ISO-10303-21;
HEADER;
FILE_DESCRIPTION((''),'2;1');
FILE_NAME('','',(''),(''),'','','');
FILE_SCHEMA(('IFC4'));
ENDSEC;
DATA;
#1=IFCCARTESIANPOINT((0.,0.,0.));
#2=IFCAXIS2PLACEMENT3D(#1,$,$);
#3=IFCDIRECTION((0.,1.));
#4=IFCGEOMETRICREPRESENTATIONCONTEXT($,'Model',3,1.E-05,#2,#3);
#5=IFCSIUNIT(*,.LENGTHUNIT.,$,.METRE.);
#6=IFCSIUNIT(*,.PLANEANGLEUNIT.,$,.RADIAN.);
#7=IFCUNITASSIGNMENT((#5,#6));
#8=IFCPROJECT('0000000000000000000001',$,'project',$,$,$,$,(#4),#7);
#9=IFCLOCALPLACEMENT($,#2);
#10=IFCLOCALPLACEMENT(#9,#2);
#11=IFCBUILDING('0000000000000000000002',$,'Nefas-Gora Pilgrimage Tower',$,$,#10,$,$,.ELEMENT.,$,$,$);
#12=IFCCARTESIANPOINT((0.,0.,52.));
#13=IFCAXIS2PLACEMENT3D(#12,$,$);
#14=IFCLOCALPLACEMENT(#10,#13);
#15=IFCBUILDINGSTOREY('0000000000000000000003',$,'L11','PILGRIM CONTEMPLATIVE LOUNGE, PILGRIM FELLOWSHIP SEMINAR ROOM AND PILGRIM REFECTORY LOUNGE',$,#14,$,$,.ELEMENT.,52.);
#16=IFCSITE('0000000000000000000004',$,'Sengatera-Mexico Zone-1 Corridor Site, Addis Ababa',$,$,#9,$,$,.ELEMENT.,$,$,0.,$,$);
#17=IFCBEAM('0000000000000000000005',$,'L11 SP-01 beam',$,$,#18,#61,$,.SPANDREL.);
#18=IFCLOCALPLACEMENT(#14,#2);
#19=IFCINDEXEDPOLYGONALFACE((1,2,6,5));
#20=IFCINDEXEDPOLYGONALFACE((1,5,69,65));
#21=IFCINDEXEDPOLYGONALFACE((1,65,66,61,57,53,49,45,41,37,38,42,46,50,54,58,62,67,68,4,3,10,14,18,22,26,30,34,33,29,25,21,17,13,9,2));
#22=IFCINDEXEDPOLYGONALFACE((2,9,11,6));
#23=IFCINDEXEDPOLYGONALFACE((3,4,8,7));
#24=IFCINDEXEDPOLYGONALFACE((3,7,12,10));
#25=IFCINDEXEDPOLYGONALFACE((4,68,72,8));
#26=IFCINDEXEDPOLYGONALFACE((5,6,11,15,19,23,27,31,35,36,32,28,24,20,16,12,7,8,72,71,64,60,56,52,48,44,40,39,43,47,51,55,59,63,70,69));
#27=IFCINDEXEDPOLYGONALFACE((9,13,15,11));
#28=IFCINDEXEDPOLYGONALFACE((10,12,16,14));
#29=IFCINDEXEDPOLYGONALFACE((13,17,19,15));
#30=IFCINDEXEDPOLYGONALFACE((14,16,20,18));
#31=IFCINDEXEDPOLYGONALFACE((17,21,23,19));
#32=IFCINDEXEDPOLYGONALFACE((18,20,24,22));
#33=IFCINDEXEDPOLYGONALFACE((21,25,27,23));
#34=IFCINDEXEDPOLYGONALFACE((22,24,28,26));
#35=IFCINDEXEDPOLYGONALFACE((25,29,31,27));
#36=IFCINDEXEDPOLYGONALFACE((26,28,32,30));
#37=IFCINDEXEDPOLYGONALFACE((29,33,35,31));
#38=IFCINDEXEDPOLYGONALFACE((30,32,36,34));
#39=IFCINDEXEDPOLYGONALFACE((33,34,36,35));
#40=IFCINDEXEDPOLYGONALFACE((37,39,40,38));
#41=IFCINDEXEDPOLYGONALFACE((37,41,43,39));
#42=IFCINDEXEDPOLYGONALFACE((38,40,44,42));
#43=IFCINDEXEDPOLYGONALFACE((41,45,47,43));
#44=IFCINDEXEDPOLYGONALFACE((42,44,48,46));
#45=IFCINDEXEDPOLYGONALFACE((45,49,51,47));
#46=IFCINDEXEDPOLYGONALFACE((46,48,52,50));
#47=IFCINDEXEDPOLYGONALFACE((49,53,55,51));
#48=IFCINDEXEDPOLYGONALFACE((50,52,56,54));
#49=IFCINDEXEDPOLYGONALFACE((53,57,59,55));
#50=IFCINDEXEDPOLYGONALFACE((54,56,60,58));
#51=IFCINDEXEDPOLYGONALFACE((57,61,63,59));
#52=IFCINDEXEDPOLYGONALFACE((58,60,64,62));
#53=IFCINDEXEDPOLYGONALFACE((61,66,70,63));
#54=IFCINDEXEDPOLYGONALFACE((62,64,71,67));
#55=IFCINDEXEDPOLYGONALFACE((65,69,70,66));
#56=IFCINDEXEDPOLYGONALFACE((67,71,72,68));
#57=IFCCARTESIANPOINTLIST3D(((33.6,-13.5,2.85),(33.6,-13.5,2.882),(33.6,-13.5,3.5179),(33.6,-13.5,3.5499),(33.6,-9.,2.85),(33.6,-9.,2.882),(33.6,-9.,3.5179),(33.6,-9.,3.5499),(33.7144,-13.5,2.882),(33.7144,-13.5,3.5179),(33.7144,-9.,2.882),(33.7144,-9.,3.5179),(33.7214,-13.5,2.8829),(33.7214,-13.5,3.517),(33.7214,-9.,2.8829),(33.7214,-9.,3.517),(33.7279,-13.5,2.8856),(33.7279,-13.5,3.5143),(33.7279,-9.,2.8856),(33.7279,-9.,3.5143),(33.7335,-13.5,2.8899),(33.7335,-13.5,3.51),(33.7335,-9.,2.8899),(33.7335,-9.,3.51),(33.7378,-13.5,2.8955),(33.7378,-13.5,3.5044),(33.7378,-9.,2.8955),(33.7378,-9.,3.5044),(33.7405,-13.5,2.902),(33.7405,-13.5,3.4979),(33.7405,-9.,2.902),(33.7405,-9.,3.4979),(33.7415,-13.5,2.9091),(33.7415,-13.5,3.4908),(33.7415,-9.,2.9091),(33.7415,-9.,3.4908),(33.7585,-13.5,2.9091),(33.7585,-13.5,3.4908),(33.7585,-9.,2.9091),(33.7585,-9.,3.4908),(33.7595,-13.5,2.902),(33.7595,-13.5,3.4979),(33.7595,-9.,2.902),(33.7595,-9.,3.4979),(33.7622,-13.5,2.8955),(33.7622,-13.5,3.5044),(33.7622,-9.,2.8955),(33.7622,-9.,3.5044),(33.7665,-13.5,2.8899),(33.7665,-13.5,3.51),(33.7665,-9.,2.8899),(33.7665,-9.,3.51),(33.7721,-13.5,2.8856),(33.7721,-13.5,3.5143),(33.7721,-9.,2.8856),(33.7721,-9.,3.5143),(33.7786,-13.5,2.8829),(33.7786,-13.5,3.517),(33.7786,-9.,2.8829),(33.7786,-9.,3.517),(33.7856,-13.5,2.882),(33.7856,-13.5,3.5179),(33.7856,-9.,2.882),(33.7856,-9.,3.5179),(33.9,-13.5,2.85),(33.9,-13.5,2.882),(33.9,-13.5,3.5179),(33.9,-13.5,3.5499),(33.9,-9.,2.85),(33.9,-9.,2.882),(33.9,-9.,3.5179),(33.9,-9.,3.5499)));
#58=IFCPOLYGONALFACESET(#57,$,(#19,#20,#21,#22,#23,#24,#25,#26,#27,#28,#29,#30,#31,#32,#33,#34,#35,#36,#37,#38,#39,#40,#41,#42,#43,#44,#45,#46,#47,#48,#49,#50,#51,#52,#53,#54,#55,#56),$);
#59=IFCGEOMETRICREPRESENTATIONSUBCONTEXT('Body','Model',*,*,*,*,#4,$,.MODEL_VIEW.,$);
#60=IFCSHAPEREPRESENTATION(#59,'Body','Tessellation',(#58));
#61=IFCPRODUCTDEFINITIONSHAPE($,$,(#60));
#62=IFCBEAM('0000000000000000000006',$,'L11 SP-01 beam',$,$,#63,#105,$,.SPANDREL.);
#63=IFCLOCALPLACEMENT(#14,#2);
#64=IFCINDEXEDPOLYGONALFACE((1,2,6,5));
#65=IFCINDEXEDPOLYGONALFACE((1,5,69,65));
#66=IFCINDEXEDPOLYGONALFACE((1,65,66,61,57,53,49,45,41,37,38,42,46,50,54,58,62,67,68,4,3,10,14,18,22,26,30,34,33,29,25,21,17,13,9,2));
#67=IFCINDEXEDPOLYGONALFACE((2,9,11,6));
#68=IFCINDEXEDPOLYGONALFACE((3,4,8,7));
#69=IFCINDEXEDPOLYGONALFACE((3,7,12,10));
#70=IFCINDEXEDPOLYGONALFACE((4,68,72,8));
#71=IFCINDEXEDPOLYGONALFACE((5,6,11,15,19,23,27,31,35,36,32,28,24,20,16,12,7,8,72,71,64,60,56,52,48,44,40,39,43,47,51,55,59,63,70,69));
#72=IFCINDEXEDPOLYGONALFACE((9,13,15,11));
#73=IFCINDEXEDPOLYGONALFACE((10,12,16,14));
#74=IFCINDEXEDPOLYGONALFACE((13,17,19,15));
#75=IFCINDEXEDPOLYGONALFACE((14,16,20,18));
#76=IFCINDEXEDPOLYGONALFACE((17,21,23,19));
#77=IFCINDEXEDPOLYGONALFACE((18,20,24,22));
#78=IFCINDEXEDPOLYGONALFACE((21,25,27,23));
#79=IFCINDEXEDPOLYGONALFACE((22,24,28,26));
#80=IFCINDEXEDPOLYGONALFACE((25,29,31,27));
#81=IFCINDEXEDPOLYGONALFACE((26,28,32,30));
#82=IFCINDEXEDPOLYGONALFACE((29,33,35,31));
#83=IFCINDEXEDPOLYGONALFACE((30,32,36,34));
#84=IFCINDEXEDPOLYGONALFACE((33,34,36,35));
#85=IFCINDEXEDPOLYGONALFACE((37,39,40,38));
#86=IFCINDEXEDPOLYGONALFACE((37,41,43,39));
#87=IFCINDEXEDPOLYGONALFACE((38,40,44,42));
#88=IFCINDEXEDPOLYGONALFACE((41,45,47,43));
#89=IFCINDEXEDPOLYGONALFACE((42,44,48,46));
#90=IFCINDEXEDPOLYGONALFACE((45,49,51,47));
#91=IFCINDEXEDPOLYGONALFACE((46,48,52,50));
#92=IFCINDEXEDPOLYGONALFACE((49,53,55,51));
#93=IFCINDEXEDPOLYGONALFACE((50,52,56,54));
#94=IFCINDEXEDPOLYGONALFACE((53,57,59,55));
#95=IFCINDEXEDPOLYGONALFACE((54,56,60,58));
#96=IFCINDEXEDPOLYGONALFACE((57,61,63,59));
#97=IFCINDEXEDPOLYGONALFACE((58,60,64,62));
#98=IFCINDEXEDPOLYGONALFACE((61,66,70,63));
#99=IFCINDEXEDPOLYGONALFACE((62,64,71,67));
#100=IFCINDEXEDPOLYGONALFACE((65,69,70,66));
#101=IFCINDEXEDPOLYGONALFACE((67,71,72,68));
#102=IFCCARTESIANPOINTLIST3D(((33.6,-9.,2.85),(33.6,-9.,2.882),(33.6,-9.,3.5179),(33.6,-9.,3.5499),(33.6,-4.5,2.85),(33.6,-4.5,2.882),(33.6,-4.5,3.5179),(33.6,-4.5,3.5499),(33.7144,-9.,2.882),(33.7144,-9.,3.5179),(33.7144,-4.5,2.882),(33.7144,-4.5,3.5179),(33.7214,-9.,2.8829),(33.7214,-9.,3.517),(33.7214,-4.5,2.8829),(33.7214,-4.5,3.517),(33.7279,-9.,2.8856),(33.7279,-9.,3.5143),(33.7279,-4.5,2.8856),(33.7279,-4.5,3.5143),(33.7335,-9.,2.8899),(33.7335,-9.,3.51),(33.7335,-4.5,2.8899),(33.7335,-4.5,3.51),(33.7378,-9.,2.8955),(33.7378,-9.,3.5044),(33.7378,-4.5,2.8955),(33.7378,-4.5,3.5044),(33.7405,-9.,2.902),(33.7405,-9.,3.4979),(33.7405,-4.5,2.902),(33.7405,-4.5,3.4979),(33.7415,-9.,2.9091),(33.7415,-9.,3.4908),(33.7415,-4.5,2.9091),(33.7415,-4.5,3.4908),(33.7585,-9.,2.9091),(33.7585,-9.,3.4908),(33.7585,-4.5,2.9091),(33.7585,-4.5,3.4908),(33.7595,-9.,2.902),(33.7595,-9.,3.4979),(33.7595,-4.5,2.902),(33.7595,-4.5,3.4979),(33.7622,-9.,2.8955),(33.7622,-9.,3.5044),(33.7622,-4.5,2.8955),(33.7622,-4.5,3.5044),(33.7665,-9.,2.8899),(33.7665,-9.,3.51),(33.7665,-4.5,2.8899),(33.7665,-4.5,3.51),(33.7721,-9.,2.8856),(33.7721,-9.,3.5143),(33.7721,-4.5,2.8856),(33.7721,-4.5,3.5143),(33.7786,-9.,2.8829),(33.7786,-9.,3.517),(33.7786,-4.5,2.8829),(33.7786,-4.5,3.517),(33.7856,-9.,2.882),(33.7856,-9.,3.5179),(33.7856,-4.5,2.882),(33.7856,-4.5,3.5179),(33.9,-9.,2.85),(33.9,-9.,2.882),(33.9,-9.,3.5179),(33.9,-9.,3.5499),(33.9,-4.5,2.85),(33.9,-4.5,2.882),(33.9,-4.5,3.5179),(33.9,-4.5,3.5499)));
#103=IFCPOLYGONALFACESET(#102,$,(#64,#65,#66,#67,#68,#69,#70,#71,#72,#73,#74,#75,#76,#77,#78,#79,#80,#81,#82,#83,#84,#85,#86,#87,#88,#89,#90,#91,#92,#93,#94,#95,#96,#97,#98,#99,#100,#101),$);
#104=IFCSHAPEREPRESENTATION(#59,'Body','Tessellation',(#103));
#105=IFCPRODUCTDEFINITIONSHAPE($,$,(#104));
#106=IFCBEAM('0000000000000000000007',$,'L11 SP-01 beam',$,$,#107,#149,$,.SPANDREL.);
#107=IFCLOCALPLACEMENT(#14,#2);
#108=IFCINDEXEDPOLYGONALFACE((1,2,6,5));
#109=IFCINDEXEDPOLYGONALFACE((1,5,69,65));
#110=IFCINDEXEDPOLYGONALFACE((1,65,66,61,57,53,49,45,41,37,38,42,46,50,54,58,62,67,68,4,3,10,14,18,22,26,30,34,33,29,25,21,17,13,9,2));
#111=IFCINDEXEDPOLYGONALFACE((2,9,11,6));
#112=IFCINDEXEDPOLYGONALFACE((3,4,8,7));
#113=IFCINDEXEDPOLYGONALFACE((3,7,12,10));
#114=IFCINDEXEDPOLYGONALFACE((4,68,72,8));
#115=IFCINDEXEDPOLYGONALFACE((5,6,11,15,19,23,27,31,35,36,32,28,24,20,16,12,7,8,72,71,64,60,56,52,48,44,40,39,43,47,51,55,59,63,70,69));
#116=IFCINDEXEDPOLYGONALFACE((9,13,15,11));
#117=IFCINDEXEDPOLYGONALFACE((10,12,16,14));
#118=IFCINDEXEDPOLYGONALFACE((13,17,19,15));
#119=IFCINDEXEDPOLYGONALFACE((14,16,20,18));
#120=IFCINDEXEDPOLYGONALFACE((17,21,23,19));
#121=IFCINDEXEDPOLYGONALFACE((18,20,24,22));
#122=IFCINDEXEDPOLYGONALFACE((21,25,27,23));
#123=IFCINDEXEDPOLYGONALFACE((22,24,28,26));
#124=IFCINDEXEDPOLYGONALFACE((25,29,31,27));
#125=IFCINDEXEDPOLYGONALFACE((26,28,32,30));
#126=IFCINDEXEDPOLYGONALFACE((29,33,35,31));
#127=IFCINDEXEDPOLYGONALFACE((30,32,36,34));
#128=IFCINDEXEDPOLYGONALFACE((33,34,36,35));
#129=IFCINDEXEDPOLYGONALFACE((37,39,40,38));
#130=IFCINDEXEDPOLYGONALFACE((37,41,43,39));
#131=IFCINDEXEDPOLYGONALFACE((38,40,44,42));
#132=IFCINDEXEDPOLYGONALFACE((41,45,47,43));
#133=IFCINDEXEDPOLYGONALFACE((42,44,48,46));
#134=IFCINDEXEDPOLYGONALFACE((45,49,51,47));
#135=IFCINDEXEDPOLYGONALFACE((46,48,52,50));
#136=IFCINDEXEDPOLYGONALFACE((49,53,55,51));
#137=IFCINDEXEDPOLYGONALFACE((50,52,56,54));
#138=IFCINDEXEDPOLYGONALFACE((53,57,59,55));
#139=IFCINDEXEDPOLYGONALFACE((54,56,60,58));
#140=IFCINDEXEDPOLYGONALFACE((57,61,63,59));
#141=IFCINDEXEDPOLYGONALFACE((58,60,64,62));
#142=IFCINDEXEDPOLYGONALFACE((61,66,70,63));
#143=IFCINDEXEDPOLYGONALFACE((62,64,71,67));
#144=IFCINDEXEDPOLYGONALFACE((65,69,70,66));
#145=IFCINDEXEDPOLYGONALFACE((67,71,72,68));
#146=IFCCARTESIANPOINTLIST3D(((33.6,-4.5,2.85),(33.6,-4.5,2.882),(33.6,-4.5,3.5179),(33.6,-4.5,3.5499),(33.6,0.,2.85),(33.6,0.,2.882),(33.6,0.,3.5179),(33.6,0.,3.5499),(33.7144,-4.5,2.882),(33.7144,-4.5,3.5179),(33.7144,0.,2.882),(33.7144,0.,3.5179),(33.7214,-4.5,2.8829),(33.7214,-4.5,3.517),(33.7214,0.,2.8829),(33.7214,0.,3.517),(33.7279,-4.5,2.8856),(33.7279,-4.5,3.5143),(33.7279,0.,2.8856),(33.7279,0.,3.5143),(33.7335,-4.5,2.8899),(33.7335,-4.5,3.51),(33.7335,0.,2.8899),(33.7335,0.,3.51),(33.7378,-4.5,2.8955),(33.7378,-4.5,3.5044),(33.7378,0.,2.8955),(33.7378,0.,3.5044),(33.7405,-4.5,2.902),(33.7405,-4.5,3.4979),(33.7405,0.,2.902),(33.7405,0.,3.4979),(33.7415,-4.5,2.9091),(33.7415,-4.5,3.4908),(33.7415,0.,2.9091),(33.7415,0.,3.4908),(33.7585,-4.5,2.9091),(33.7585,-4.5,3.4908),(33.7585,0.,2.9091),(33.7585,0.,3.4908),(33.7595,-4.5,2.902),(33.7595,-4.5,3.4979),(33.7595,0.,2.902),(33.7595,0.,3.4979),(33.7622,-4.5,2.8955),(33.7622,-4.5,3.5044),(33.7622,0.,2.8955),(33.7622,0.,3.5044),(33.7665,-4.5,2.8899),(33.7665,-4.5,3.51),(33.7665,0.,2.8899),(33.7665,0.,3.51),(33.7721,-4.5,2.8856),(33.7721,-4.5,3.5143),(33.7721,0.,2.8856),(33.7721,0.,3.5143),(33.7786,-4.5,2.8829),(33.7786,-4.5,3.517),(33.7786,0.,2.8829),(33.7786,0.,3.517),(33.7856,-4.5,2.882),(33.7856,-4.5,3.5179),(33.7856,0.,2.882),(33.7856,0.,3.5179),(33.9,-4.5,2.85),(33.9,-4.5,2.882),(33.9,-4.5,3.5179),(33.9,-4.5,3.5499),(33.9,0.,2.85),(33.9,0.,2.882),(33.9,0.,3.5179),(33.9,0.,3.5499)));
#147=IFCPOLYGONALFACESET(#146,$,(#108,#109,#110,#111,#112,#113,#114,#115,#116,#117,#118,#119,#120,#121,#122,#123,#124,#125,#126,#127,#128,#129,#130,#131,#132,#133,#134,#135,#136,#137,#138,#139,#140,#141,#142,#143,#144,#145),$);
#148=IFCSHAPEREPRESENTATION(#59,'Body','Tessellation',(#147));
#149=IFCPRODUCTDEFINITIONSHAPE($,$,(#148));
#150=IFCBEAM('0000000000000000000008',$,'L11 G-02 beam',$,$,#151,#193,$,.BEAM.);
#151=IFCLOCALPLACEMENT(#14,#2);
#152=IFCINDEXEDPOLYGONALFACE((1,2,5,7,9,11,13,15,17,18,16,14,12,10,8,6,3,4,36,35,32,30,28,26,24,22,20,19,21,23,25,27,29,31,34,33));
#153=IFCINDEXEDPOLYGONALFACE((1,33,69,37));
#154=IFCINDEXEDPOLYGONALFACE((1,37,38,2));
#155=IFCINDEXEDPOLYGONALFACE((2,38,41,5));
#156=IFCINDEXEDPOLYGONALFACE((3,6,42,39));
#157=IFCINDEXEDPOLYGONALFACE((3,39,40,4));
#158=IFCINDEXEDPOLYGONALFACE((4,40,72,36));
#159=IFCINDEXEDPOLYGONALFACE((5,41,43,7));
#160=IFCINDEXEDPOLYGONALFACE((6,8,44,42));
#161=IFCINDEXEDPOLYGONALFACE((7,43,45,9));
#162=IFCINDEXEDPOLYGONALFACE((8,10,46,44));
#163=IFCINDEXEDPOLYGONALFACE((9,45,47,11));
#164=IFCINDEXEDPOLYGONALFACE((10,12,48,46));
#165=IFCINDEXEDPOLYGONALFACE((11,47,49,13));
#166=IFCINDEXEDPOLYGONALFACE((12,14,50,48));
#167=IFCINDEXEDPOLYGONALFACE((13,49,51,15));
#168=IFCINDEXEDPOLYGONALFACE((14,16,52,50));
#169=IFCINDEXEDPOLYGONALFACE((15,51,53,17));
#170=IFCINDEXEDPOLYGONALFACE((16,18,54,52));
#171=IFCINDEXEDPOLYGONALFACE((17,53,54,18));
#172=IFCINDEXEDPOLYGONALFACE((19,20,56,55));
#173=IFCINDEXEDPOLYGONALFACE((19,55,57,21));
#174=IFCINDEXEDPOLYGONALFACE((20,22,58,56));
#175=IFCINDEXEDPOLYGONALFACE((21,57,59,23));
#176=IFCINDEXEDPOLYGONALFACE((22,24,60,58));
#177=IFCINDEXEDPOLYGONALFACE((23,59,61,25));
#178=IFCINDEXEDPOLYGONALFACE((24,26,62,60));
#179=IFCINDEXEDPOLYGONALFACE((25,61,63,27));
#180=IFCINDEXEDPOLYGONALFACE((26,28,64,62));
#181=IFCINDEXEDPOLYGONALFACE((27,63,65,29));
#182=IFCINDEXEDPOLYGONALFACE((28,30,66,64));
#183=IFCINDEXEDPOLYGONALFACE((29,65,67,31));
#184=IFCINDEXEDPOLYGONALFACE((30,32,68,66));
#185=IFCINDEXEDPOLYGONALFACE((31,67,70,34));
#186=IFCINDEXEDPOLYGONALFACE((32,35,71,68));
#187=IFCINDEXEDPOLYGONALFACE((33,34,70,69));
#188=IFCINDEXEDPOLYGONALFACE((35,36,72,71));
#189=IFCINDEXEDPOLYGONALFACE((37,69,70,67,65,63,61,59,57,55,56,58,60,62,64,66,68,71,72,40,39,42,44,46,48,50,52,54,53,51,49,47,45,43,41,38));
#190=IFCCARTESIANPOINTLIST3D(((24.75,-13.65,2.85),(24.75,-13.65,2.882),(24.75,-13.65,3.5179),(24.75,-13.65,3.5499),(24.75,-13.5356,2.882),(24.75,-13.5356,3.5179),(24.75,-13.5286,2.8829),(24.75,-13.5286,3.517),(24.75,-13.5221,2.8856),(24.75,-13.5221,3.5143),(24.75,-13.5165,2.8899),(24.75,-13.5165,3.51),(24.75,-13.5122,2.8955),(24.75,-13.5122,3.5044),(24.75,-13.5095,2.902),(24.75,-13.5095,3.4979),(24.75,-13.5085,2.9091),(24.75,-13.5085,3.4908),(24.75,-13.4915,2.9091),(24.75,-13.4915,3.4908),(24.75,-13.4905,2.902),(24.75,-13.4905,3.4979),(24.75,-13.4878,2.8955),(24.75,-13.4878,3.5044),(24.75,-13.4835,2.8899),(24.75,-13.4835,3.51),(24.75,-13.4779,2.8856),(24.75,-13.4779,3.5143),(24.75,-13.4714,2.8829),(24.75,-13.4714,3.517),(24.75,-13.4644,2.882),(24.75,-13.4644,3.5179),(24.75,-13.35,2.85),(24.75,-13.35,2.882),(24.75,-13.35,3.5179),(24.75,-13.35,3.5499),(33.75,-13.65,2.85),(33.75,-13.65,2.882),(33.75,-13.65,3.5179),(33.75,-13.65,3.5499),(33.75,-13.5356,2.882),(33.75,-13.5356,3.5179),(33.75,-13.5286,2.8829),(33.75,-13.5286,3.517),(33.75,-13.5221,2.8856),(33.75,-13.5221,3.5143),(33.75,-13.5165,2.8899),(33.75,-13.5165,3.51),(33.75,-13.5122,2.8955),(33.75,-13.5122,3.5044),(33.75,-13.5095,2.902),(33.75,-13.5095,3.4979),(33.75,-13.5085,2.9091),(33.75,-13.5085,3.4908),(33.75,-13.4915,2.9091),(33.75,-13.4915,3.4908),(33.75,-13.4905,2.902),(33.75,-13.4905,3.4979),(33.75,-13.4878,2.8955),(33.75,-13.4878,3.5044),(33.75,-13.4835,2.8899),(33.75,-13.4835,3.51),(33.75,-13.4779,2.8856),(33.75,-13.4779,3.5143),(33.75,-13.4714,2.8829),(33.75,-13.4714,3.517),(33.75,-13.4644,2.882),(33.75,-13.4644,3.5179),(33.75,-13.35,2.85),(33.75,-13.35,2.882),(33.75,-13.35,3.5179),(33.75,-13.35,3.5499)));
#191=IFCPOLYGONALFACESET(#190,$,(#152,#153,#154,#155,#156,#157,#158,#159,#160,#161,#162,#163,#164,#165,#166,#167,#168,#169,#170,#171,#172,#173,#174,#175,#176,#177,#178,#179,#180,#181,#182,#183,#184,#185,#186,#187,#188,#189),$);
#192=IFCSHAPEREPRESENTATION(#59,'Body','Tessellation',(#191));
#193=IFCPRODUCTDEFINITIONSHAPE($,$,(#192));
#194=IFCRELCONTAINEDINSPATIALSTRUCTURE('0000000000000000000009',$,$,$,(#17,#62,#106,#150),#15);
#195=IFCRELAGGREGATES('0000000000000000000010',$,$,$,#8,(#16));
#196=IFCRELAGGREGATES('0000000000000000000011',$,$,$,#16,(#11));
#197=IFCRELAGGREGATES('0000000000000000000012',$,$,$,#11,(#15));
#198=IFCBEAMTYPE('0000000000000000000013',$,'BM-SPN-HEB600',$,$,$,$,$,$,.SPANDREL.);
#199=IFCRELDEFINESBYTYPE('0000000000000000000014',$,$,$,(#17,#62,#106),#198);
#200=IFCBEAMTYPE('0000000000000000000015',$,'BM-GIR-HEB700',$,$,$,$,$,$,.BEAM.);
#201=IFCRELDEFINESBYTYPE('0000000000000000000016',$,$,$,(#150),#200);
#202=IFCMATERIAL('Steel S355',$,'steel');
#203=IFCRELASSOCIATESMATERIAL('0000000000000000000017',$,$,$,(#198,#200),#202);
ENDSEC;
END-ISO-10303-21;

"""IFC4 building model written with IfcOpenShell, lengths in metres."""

from ifc_helpers import new_model, si_unit, direction, frame, origin, origin_2d, place, context, subcontext, project, spatial, i_section, extrude, source, transform, mapped, material, material_profile, profile_set, type_object, element, save


model = new_model("IFC4")

# Units and contexts
model_context = context("Model", 3, precision=1e-05, world=origin(), true_north=direction((0.0, 1.0)))
body_context = subcontext(model_context, "Body", "Model", "MODEL_VIEW")
ifc_project = project(units=[si_unit("LENGTHUNIT", "METRE"), si_unit("PLANEANGLEUNIT", "RADIAN")], contexts=[model_context])

# Site, building, storey
site_placement = place(None, origin())
site = spatial("IfcSite", under=ifc_project, at=site_placement, Name="Sengatera-Mexico Zone-1 Corridor Site, Addis Ababa", CompositionType="ELEMENT", RefElevation=0.0)
building_placement = place(site_placement, origin())
building = spatial("IfcBuilding", under=site, at=building_placement, Name="Nefas-Gora Pilgrimage Tower", CompositionType="ELEMENT")
storey_placement = place(building_placement, frame((0.0, 0.0, 52.0)))
storey = spatial("IfcBuildingStorey", under=building, at=storey_placement, Name="L11", Description="PILGRIM CONTEMPLATIVE LOUNGE, PILGRIM FELLOWSHIP SEMINAR ROOM AND PILGRIM REFECTORY LOUNGE", CompositionType="ELEMENT", Elevation=52.0)

# Beams
ifc_material_1 = material(Name="Steel S355", Category="steel")
ifc_material_profile_1 = material_profile(ifc_material_1, i_section(OverallWidth=0.3, OverallDepth=0.7, WebThickness=0.0171, FlangeThickness=0.032, FilletRadius=0.0271, at=origin_2d()), Name="HEB 700")
ifc_profile_set_1 = profile_set([ifc_material_profile_1], Name="Steel S355")
beam_type_1 = type_object("IfcBeamType", Name="BM-SPN-HEB600", PredefinedType="SPANDREL", material=ifc_profile_set_1)
shared_shape_1 = source(origin(), body_context, "Body", "SweptSolid", [
    extrude(i_section(OverallWidth=0.3, OverallDepth=0.7, WebThickness=0.0171, FlangeThickness=0.032, FilletRadius=0.0271, at=origin_2d()), origin(), (0.0, 0.0, 1.0), 4.5),
])
for number, where, z_axis, x_axis, name in (
    (1, (33.75, -13.5, 3.2), (0.0, 1.0, 0.0), (-1.0, 0.0, 0.0), "L11 SP-01 beam"),
    (2, (33.75, -9.0, 3.2), (0.0, 1.0, 0.0), (-1.0, 0.0, 0.0), "L11 SP-01 beam"),
    (3, (33.75, -4.5, 3.2), (0.0, 1.0, 0.0), (-1.0, 0.0, 0.0), "L11 SP-01 beam"),
):
    element("IfcBeam", number, at=place(storey_placement, frame(where, z_axis=z_axis, x_axis=x_axis)), inside=storey, type_object=beam_type_1, Name=name, PredefinedType="SPANDREL", context=body_context, shape_type="MappedRepresentation", body=[
        mapped(shared_shape_1, transform((0.0, 0.0, 0.0), x_axis=(1.0, 0.0, 0.0), y_axis=(0.0, 1.0, 0.0), z_axis=(0.0, 0.0, 1.0), scale=1.0)),
    ])
ifc_material_profile_2 = material_profile(ifc_material_1, i_section(OverallWidth=0.3, OverallDepth=0.7, WebThickness=0.0171, FlangeThickness=0.032, FilletRadius=0.0271, at=origin_2d()), Name="HEB 700")
ifc_profile_set_2 = profile_set([ifc_material_profile_2], Name="Steel S355")
beam_type_2 = type_object("IfcBeamType", Name="BM-GIR-HEB700", PredefinedType="BEAM", material=ifc_profile_set_2)
shared_shape_2 = source(origin(), body_context, "Body", "SweptSolid", [
    extrude(i_section(OverallWidth=0.3, OverallDepth=0.7, WebThickness=0.0171, FlangeThickness=0.032, FilletRadius=0.0271, at=origin_2d()), origin(), (0.0, 0.0, 1.0), 9.0),
])
for number, where, z_axis, x_axis, name in (
    (4, (24.75, -13.5, 3.2), (1.0, 0.0, 0.0), (0.0, 1.0, 0.0), "L11 G-02 beam"),
):
    element("IfcBeam", number, at=place(storey_placement, frame(where, z_axis=z_axis, x_axis=x_axis)), inside=storey, type_object=beam_type_2, Name=name, PredefinedType="BEAM", context=body_context, shape_type="MappedRepresentation", body=[
        mapped(shared_shape_2, transform((0.0, 0.0, 0.0), x_axis=(1.0, 0.0, 0.0), y_axis=(0.0, 1.0, 0.0), z_axis=(0.0, 0.0, 1.0), scale=1.0)),
    ])

save(model, "model.ifc")
